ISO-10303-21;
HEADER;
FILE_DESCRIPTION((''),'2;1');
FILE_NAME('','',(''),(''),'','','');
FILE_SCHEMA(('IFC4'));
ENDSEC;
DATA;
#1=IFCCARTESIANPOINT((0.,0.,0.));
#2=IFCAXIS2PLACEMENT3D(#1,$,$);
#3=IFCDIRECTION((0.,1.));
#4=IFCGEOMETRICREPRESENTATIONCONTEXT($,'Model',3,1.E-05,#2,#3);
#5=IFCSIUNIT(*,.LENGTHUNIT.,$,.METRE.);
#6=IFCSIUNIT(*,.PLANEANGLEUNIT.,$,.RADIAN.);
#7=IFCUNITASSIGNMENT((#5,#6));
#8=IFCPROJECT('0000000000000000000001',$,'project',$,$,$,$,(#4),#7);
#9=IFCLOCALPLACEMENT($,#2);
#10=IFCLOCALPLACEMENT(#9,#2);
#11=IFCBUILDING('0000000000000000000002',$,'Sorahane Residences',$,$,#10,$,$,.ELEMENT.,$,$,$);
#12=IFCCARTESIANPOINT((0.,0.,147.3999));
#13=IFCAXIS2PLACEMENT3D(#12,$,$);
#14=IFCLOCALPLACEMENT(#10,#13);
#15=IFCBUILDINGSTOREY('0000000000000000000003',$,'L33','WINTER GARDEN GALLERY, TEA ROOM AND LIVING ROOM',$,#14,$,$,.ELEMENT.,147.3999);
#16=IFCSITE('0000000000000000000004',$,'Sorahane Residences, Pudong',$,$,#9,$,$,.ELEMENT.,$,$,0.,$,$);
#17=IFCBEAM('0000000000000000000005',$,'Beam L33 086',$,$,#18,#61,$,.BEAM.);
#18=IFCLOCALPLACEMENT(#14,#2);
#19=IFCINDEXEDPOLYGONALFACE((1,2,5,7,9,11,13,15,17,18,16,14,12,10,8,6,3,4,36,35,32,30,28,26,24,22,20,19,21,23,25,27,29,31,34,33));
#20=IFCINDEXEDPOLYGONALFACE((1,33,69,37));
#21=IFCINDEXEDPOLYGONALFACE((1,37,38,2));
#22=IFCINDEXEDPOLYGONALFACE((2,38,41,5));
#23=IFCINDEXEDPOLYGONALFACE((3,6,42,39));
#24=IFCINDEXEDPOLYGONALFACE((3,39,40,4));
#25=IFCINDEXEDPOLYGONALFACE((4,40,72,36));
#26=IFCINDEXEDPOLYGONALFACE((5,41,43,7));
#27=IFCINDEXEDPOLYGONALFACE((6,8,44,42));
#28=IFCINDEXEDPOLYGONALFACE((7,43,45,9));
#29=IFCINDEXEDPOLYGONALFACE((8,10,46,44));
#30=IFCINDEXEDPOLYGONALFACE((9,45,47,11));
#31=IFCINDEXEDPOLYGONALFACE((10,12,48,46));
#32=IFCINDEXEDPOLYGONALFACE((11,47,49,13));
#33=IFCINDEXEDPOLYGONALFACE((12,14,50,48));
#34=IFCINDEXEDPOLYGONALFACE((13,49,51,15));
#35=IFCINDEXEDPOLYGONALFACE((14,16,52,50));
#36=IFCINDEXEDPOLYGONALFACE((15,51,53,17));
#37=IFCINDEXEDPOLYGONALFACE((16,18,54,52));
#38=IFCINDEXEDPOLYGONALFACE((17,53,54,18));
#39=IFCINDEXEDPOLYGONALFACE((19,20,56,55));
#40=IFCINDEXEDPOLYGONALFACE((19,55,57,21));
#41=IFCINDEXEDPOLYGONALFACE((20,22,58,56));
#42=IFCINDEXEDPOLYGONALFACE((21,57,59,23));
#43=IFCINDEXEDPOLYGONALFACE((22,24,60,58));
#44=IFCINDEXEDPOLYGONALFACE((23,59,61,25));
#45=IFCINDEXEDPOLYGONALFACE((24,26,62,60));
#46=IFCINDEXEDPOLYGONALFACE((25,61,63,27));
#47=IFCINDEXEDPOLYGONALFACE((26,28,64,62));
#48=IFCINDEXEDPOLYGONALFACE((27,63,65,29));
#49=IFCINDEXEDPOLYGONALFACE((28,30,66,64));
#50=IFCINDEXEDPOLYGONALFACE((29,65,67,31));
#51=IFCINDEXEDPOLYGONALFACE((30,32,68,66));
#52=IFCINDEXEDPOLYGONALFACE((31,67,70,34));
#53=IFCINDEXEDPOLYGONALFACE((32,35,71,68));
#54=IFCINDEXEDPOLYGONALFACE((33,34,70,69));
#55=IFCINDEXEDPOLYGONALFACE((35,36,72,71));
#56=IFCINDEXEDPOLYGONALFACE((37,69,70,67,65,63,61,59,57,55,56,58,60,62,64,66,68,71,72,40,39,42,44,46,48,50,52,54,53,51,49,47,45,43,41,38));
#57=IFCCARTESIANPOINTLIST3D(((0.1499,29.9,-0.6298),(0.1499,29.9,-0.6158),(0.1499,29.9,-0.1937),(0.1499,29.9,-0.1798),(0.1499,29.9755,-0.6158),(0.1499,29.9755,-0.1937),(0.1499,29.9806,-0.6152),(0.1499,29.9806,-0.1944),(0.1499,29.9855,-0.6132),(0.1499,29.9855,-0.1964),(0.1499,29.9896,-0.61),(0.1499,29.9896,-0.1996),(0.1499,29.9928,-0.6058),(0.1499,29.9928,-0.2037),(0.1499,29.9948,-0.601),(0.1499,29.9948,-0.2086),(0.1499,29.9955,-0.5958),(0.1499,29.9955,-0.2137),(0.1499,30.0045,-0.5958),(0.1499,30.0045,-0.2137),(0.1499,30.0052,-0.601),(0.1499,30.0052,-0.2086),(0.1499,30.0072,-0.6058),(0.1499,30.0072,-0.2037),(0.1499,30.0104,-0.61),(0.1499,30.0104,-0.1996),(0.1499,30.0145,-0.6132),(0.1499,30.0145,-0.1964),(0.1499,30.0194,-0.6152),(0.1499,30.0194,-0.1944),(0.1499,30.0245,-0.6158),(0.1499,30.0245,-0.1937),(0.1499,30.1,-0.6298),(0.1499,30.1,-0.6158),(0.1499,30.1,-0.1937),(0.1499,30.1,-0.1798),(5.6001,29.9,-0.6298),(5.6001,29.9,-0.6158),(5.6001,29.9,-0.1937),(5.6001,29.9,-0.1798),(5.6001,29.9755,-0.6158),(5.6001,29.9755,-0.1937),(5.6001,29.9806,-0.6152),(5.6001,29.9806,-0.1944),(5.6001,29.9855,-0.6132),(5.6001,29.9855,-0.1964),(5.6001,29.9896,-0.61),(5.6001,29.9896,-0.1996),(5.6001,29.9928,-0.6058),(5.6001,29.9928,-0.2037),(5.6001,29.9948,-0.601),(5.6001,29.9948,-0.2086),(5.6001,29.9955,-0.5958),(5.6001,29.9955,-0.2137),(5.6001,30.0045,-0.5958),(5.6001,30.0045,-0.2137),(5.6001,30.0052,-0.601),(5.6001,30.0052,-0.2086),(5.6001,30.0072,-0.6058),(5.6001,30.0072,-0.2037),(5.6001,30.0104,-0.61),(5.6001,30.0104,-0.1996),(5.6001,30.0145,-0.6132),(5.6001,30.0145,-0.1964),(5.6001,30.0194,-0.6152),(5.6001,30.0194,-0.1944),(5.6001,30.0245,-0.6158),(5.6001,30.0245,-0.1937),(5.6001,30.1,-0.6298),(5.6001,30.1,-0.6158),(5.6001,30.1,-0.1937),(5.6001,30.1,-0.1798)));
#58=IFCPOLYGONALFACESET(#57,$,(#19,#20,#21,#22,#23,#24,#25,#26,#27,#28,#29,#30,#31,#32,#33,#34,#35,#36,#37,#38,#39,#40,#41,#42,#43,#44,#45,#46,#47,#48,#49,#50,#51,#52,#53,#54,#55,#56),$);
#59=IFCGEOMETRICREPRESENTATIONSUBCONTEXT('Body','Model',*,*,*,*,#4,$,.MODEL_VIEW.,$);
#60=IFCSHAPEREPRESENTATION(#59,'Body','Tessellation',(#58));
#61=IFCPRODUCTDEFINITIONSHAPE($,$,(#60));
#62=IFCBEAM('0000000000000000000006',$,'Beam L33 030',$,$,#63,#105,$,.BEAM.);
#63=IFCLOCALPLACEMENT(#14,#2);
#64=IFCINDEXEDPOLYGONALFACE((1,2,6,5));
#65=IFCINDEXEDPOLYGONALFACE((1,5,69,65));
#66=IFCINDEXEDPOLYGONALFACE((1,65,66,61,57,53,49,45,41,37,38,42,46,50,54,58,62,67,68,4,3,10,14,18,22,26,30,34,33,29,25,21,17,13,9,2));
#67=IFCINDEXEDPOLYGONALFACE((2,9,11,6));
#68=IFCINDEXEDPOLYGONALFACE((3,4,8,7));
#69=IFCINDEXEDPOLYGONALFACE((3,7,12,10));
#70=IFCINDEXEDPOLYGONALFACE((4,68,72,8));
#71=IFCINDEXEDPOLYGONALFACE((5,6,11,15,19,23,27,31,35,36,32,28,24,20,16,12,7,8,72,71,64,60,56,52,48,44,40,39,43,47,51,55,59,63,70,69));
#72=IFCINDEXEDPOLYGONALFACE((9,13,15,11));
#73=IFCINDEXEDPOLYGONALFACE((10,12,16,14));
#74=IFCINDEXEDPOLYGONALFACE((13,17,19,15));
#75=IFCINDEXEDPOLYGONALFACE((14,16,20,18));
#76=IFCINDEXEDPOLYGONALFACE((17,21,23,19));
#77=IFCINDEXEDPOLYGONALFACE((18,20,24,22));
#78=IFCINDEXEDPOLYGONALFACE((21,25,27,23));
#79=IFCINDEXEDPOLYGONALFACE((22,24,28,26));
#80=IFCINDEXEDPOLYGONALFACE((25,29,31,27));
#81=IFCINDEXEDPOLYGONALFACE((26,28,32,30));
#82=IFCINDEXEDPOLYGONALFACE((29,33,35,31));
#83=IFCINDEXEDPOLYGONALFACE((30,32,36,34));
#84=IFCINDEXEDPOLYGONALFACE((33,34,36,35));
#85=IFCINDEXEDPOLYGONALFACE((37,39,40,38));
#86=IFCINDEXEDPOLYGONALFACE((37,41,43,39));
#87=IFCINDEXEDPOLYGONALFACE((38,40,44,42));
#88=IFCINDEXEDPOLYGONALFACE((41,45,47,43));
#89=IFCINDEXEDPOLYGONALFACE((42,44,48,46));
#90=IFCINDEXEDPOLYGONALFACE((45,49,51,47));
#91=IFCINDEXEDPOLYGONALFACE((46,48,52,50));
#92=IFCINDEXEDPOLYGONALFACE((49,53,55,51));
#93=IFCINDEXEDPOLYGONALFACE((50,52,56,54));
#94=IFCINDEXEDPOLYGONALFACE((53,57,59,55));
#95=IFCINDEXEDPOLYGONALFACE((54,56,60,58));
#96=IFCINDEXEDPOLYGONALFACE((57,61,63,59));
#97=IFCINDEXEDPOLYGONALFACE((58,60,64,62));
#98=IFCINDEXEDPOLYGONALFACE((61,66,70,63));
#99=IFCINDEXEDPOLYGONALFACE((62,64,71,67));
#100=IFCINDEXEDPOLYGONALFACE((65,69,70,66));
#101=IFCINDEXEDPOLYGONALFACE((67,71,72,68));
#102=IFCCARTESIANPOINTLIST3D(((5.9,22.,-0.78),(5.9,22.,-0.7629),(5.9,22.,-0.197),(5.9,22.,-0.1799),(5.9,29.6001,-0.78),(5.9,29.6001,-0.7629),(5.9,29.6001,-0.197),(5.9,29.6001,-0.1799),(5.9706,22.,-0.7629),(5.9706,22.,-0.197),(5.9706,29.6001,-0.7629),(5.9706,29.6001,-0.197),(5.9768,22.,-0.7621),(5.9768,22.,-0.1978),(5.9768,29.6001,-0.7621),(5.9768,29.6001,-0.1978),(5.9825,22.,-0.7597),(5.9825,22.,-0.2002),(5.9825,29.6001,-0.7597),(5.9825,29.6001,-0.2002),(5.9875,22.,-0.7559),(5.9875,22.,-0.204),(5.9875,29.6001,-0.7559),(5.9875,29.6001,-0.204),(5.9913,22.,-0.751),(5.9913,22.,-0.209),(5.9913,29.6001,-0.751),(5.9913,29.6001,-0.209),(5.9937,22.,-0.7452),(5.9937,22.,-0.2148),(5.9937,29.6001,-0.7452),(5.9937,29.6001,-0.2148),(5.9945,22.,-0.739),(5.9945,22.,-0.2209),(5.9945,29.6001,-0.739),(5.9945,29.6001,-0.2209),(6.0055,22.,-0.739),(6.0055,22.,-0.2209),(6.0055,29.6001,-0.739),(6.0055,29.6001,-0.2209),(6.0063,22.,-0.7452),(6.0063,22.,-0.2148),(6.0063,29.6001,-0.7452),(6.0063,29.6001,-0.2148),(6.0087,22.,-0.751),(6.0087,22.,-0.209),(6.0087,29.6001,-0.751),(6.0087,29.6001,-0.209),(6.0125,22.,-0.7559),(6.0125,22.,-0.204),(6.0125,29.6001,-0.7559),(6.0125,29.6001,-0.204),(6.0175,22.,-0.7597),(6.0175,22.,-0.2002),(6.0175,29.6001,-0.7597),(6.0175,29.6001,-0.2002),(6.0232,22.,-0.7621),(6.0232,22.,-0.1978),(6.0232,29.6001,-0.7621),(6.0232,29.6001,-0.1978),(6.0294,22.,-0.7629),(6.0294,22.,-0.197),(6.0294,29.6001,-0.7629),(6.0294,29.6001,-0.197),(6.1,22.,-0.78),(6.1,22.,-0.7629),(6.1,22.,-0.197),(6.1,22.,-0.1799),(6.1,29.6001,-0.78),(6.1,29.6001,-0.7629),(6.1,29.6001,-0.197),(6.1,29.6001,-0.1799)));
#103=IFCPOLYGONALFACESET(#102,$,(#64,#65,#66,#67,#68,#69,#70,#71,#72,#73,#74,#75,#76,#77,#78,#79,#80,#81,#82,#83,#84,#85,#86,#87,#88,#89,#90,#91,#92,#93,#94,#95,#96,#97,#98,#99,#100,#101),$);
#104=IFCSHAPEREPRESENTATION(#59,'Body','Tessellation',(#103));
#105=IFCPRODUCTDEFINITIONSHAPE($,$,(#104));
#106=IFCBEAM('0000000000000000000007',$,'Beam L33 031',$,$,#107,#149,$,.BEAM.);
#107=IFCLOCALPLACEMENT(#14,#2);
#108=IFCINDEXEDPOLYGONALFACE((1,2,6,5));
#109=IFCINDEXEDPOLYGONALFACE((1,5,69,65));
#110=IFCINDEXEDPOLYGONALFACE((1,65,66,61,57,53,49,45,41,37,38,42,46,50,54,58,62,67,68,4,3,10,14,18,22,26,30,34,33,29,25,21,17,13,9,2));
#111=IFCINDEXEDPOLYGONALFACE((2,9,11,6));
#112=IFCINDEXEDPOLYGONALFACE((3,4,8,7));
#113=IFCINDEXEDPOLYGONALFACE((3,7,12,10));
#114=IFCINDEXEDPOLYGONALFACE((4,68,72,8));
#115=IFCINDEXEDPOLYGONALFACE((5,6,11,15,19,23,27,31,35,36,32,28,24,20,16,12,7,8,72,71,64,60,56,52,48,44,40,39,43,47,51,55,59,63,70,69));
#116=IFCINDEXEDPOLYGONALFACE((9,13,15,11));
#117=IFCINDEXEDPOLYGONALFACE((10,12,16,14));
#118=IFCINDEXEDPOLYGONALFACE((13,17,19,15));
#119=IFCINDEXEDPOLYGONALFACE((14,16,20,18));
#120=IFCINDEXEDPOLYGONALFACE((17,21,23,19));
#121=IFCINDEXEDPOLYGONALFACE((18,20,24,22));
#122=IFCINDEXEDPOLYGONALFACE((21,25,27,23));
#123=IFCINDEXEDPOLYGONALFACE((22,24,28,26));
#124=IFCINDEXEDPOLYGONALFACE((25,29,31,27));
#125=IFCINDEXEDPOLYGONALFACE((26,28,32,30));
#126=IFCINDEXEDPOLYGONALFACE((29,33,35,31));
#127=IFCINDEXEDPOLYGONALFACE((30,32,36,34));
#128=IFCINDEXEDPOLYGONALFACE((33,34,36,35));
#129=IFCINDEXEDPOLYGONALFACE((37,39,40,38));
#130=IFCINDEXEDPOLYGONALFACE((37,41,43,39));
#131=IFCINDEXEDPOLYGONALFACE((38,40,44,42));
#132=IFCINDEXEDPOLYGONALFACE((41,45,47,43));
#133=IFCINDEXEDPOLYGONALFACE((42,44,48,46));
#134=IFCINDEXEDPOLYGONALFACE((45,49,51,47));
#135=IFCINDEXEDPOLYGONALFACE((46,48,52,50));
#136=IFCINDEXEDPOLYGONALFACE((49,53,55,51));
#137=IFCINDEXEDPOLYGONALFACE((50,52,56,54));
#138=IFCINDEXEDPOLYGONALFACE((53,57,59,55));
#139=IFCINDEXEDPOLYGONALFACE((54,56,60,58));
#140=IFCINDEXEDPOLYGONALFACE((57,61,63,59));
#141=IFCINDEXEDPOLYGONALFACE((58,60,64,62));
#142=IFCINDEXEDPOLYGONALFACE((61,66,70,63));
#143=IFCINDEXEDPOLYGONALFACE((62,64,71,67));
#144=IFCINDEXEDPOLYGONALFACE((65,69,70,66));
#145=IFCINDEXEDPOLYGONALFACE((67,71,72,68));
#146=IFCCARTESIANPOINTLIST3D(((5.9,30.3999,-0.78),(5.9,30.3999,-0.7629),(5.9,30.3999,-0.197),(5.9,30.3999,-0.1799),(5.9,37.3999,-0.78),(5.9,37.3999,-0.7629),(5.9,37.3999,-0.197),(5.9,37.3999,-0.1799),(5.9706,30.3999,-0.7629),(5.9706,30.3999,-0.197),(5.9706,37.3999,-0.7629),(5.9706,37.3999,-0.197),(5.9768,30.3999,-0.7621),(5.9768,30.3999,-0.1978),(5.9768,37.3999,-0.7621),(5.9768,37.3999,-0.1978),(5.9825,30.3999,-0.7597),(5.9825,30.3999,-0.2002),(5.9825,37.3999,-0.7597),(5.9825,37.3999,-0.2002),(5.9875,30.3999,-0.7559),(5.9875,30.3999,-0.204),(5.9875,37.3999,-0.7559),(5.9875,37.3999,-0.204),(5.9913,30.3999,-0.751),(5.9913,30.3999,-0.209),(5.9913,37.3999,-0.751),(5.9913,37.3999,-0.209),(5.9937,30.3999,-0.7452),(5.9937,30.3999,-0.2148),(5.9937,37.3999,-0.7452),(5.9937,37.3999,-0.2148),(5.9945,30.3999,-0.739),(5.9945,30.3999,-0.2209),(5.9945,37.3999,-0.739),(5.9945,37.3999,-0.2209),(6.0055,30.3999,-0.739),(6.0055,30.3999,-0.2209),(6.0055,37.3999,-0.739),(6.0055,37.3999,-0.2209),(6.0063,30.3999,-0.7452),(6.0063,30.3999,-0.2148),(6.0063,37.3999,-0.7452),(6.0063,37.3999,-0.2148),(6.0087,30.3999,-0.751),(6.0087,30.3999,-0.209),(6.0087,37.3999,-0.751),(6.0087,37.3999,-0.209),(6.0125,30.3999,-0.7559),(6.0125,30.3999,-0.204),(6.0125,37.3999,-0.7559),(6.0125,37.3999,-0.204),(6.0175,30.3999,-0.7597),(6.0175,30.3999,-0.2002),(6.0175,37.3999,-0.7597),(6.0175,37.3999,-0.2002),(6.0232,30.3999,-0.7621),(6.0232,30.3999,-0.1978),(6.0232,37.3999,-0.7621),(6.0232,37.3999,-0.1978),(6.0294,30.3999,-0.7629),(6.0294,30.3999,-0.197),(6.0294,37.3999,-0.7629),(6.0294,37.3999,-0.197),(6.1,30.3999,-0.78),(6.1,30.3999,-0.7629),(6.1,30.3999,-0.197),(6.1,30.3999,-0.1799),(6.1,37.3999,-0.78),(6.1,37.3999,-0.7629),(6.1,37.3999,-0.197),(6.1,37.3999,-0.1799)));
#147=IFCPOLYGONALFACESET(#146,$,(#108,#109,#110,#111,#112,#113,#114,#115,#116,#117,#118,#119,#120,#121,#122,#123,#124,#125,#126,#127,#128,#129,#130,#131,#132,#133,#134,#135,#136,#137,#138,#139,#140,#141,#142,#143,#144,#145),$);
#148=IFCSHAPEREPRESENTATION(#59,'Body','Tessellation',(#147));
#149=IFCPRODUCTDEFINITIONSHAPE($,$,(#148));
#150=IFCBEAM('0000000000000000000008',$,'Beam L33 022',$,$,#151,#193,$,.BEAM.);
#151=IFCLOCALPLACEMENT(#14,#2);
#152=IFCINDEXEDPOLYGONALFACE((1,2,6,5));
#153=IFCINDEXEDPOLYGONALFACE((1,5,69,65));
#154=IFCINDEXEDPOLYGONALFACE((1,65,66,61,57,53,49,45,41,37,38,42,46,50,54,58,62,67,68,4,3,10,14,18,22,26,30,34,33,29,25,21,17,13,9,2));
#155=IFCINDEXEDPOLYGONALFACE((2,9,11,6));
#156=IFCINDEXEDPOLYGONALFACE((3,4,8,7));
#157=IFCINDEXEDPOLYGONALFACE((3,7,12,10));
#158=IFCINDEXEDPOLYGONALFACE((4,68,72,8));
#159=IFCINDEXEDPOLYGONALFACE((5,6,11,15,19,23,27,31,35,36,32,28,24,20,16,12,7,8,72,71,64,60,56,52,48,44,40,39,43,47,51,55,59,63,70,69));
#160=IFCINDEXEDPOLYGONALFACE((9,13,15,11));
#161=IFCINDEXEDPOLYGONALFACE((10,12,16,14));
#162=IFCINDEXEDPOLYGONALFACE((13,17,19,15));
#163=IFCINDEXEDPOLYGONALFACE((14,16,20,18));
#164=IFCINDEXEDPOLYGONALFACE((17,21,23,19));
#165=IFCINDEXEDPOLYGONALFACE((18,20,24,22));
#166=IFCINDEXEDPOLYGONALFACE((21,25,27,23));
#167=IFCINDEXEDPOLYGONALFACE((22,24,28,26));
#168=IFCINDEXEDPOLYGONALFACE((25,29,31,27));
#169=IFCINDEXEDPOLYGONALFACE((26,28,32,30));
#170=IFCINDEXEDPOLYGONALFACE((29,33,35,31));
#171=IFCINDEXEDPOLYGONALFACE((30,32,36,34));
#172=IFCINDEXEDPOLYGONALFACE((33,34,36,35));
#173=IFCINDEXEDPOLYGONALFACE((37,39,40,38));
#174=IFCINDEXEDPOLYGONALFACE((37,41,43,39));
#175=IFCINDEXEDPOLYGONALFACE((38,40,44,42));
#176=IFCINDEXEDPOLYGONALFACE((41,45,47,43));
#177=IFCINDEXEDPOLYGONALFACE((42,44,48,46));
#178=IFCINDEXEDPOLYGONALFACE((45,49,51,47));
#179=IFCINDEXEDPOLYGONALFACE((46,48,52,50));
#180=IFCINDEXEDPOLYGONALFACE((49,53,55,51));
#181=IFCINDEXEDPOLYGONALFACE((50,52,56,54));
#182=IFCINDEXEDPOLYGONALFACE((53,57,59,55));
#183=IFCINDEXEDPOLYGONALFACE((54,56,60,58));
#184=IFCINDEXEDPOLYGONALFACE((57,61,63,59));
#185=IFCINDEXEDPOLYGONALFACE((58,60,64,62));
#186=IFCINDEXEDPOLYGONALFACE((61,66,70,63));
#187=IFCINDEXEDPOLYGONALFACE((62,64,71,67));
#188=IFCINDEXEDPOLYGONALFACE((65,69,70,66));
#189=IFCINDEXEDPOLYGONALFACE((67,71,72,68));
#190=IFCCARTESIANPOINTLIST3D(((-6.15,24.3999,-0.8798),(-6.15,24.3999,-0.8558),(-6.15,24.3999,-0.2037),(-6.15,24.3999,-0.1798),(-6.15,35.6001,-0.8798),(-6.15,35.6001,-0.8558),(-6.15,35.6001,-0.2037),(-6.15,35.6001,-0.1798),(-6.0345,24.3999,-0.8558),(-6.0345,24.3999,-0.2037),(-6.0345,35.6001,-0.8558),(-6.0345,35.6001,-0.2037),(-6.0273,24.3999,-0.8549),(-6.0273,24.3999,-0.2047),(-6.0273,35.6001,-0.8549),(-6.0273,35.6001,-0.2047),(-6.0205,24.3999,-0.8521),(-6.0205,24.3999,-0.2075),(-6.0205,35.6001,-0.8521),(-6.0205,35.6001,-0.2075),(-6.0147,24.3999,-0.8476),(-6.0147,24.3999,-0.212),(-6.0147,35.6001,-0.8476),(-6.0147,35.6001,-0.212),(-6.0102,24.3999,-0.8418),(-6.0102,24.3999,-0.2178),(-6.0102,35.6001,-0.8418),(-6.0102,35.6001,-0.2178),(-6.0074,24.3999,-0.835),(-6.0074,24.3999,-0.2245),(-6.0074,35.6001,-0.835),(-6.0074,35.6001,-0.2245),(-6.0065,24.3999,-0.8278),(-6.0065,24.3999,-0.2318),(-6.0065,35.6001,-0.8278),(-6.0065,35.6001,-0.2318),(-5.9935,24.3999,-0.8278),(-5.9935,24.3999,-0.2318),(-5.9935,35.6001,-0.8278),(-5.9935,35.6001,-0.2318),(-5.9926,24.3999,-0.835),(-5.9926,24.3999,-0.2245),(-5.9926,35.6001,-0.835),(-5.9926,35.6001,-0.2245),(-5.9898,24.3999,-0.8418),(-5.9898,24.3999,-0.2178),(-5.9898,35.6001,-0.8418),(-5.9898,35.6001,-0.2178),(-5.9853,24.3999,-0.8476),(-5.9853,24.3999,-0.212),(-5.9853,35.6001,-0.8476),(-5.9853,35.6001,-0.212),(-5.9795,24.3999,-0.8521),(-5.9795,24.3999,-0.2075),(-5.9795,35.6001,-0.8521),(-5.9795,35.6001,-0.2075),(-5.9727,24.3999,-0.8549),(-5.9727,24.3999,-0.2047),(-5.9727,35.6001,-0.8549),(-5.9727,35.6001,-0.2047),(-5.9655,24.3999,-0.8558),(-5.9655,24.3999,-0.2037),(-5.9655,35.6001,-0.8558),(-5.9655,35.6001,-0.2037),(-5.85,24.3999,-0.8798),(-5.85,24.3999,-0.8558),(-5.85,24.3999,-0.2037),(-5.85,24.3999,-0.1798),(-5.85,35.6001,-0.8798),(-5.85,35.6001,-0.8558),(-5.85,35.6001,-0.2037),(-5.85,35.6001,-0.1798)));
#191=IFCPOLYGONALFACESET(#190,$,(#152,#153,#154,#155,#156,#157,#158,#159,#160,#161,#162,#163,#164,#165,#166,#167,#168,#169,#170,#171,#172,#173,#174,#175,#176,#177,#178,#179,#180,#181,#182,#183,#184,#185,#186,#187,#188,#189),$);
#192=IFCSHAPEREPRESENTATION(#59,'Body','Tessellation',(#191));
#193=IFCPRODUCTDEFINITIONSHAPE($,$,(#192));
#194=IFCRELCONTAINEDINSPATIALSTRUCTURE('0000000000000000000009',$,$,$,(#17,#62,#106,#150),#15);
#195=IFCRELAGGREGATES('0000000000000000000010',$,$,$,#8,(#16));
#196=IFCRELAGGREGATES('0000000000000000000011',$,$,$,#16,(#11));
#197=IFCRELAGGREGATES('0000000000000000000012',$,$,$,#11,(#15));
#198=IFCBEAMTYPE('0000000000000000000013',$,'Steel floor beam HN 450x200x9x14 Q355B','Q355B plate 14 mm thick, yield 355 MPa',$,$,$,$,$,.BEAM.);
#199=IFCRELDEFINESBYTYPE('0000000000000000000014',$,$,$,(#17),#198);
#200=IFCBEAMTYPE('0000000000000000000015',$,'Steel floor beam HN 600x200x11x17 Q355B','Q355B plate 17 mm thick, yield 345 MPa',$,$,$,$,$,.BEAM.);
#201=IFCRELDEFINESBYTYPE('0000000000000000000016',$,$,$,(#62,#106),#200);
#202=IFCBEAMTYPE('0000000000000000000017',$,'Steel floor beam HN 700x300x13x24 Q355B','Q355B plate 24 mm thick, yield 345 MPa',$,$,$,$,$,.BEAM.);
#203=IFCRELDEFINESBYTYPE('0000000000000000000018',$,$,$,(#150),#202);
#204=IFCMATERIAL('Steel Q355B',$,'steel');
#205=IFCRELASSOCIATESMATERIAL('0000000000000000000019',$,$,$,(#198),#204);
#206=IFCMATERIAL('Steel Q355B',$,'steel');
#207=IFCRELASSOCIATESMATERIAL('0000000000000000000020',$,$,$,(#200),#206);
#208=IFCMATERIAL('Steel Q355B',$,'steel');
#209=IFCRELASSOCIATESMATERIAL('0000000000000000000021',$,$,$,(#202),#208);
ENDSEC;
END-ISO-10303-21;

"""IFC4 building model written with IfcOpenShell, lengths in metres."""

from ifc_helpers import new_model, si_unit, direction, frame, origin, origin_2d, place, context, subcontext, project, spatial, i_section, extrude, material, material_profile, profile_set, type_object, element, save


model = new_model("IFC4")

# Units and contexts
model_context = context("Model", 3, precision=1e-05, world=origin(), true_north=direction((0.0, 1.0)))
body_context = subcontext(model_context, "Body", "Model", "MODEL_VIEW")
ifc_project = project(units=[si_unit("LENGTHUNIT", "METRE"), si_unit("PLANEANGLEUNIT", "RADIAN")], contexts=[model_context])

# Site, building, storey
site_placement = place(None, origin())
site = spatial("IfcSite", under=ifc_project, at=site_placement, Name="Sorahane Residences, Pudong", CompositionType="ELEMENT", RefElevation=0.0)
building_placement = place(site_placement, origin())
building = spatial("IfcBuilding", under=site, at=building_placement, Name="Sorahane Residences", CompositionType="ELEMENT")
storey_placement = place(building_placement, frame((0.0, 0.0, 147.3999)))
storey = spatial("IfcBuildingStorey", under=building, at=storey_placement, Name="L33", Description="WINTER GARDEN GALLERY, TEA ROOM AND LIVING ROOM", CompositionType="ELEMENT", Elevation=147.3999)

# Beams
ifc_material_1 = material(Name="Steel Q355B", Category="steel")
ifc_material_profile_1 = material_profile(ifc_material_1, i_section(OverallWidth=0.2, OverallDepth=0.45, WebThickness=0.009, FlangeThickness=0.0139, FilletRadius=0.02, at=origin_2d()), Name="HN 450x200x9x14")
ifc_profile_set_1 = profile_set([ifc_material_profile_1], Name="Steel Q355B")
beam_type_1 = type_object("IfcBeamType", Name="Steel floor beam HN 450x200x9x14 Q355B", Description="Q355B plate 14 mm thick, yield 355 MPa", PredefinedType="BEAM", material=ifc_profile_set_1)
beam_1_placement = place(storey_placement, frame((0.1499, 30.0, -0.4048), z_axis=(1.0, 0.0, 0.0), x_axis=(0.0, 1.0, 0.0)))
element("IfcBeam", 1, at=beam_1_placement, inside=storey, type_object=beam_type_1, Name="Beam L33 086", PredefinedType="BEAM", context=body_context, shape_type="SweptSolid", body=[
    extrude(i_section(OverallWidth=0.2, OverallDepth=0.45, WebThickness=0.009, FlangeThickness=0.0139, FilletRadius=0.02, at=origin_2d()), origin(), (0.0, 0.0, 1.0), 5.4502),
])
ifc_material_2 = material(Name="Steel Q355B", Category="steel")
ifc_material_profile_2 = material_profile(ifc_material_2, i_section(OverallWidth=0.2, OverallDepth=0.6001, WebThickness=0.011, FlangeThickness=0.0171, FilletRadius=0.0239, at=origin_2d()), Name="HN 600x200x11x17")
ifc_profile_set_2 = profile_set([ifc_material_profile_2], Name="Steel Q355B")
beam_type_2 = type_object("IfcBeamType", Name="Steel floor beam HN 600x200x11x17 Q355B", Description="Q355B plate 17 mm thick, yield 345 MPa", PredefinedType="BEAM", material=ifc_profile_set_2)
beam_2_placement = place(storey_placement, frame((6.0, 22.0, -0.48), z_axis=(0.0, 1.0, 0.0), x_axis=(-1.0, 0.0, 0.0)))
element("IfcBeam", 2, at=beam_2_placement, inside=storey, type_object=beam_type_2, Name="Beam L33 030", PredefinedType="BEAM", context=body_context, shape_type="SweptSolid", body=[
    extrude(i_section(OverallWidth=0.2, OverallDepth=0.6001, WebThickness=0.011, FlangeThickness=0.0171, FilletRadius=0.0239, at=origin_2d()), origin(), (0.0, 0.0, 1.0), 7.6001),
])
beam_3_placement = place(storey_placement, frame((6.0, 30.3999, -0.48), z_axis=(0.0, 1.0, 0.0), x_axis=(-1.0, 0.0, 0.0)))
element("IfcBeam", 3, at=beam_3_placement, inside=storey, type_object=beam_type_2, Name="Beam L33 031", PredefinedType="BEAM", context=body_context, shape_type="SweptSolid", body=[
    extrude(i_section(OverallWidth=0.2, OverallDepth=0.6001, WebThickness=0.011, FlangeThickness=0.0171, FilletRadius=0.0239, at=origin_2d()), origin(), (0.0, 0.0, 1.0), 7.0),
])
ifc_material_3 = material(Name="Steel Q355B", Category="steel")
ifc_material_profile_3 = material_profile(ifc_material_3, i_section(OverallWidth=0.3, OverallDepth=0.7, WebThickness=0.0129, FlangeThickness=0.0239, FilletRadius=0.0281, at=origin_2d()), Name="HN 700x300x13x24")
ifc_profile_set_3 = profile_set([ifc_material_profile_3], Name="Steel Q355B")
beam_type_3 = type_object("IfcBeamType", Name="Steel floor beam HN 700x300x13x24 Q355B", Description="Q355B plate 24 mm thick, yield 345 MPa", PredefinedType="BEAM", material=ifc_profile_set_3)
beam_4_placement = place(storey_placement, frame((-6.0, 24.3999, -0.5298), z_axis=(0.0, 1.0, 0.0), x_axis=(-1.0, 0.0, 0.0)))
element("IfcBeam", 4, at=beam_4_placement, inside=storey, type_object=beam_type_3, Name="Beam L33 022", PredefinedType="BEAM", context=body_context, shape_type="SweptSolid", body=[
    extrude(i_section(OverallWidth=0.3, OverallDepth=0.7, WebThickness=0.0129, FlangeThickness=0.0239, FilletRadius=0.0281, at=origin_2d()), origin(), (0.0, 0.0, 1.0), 11.2002),
])

save(model, "model.ifc")
